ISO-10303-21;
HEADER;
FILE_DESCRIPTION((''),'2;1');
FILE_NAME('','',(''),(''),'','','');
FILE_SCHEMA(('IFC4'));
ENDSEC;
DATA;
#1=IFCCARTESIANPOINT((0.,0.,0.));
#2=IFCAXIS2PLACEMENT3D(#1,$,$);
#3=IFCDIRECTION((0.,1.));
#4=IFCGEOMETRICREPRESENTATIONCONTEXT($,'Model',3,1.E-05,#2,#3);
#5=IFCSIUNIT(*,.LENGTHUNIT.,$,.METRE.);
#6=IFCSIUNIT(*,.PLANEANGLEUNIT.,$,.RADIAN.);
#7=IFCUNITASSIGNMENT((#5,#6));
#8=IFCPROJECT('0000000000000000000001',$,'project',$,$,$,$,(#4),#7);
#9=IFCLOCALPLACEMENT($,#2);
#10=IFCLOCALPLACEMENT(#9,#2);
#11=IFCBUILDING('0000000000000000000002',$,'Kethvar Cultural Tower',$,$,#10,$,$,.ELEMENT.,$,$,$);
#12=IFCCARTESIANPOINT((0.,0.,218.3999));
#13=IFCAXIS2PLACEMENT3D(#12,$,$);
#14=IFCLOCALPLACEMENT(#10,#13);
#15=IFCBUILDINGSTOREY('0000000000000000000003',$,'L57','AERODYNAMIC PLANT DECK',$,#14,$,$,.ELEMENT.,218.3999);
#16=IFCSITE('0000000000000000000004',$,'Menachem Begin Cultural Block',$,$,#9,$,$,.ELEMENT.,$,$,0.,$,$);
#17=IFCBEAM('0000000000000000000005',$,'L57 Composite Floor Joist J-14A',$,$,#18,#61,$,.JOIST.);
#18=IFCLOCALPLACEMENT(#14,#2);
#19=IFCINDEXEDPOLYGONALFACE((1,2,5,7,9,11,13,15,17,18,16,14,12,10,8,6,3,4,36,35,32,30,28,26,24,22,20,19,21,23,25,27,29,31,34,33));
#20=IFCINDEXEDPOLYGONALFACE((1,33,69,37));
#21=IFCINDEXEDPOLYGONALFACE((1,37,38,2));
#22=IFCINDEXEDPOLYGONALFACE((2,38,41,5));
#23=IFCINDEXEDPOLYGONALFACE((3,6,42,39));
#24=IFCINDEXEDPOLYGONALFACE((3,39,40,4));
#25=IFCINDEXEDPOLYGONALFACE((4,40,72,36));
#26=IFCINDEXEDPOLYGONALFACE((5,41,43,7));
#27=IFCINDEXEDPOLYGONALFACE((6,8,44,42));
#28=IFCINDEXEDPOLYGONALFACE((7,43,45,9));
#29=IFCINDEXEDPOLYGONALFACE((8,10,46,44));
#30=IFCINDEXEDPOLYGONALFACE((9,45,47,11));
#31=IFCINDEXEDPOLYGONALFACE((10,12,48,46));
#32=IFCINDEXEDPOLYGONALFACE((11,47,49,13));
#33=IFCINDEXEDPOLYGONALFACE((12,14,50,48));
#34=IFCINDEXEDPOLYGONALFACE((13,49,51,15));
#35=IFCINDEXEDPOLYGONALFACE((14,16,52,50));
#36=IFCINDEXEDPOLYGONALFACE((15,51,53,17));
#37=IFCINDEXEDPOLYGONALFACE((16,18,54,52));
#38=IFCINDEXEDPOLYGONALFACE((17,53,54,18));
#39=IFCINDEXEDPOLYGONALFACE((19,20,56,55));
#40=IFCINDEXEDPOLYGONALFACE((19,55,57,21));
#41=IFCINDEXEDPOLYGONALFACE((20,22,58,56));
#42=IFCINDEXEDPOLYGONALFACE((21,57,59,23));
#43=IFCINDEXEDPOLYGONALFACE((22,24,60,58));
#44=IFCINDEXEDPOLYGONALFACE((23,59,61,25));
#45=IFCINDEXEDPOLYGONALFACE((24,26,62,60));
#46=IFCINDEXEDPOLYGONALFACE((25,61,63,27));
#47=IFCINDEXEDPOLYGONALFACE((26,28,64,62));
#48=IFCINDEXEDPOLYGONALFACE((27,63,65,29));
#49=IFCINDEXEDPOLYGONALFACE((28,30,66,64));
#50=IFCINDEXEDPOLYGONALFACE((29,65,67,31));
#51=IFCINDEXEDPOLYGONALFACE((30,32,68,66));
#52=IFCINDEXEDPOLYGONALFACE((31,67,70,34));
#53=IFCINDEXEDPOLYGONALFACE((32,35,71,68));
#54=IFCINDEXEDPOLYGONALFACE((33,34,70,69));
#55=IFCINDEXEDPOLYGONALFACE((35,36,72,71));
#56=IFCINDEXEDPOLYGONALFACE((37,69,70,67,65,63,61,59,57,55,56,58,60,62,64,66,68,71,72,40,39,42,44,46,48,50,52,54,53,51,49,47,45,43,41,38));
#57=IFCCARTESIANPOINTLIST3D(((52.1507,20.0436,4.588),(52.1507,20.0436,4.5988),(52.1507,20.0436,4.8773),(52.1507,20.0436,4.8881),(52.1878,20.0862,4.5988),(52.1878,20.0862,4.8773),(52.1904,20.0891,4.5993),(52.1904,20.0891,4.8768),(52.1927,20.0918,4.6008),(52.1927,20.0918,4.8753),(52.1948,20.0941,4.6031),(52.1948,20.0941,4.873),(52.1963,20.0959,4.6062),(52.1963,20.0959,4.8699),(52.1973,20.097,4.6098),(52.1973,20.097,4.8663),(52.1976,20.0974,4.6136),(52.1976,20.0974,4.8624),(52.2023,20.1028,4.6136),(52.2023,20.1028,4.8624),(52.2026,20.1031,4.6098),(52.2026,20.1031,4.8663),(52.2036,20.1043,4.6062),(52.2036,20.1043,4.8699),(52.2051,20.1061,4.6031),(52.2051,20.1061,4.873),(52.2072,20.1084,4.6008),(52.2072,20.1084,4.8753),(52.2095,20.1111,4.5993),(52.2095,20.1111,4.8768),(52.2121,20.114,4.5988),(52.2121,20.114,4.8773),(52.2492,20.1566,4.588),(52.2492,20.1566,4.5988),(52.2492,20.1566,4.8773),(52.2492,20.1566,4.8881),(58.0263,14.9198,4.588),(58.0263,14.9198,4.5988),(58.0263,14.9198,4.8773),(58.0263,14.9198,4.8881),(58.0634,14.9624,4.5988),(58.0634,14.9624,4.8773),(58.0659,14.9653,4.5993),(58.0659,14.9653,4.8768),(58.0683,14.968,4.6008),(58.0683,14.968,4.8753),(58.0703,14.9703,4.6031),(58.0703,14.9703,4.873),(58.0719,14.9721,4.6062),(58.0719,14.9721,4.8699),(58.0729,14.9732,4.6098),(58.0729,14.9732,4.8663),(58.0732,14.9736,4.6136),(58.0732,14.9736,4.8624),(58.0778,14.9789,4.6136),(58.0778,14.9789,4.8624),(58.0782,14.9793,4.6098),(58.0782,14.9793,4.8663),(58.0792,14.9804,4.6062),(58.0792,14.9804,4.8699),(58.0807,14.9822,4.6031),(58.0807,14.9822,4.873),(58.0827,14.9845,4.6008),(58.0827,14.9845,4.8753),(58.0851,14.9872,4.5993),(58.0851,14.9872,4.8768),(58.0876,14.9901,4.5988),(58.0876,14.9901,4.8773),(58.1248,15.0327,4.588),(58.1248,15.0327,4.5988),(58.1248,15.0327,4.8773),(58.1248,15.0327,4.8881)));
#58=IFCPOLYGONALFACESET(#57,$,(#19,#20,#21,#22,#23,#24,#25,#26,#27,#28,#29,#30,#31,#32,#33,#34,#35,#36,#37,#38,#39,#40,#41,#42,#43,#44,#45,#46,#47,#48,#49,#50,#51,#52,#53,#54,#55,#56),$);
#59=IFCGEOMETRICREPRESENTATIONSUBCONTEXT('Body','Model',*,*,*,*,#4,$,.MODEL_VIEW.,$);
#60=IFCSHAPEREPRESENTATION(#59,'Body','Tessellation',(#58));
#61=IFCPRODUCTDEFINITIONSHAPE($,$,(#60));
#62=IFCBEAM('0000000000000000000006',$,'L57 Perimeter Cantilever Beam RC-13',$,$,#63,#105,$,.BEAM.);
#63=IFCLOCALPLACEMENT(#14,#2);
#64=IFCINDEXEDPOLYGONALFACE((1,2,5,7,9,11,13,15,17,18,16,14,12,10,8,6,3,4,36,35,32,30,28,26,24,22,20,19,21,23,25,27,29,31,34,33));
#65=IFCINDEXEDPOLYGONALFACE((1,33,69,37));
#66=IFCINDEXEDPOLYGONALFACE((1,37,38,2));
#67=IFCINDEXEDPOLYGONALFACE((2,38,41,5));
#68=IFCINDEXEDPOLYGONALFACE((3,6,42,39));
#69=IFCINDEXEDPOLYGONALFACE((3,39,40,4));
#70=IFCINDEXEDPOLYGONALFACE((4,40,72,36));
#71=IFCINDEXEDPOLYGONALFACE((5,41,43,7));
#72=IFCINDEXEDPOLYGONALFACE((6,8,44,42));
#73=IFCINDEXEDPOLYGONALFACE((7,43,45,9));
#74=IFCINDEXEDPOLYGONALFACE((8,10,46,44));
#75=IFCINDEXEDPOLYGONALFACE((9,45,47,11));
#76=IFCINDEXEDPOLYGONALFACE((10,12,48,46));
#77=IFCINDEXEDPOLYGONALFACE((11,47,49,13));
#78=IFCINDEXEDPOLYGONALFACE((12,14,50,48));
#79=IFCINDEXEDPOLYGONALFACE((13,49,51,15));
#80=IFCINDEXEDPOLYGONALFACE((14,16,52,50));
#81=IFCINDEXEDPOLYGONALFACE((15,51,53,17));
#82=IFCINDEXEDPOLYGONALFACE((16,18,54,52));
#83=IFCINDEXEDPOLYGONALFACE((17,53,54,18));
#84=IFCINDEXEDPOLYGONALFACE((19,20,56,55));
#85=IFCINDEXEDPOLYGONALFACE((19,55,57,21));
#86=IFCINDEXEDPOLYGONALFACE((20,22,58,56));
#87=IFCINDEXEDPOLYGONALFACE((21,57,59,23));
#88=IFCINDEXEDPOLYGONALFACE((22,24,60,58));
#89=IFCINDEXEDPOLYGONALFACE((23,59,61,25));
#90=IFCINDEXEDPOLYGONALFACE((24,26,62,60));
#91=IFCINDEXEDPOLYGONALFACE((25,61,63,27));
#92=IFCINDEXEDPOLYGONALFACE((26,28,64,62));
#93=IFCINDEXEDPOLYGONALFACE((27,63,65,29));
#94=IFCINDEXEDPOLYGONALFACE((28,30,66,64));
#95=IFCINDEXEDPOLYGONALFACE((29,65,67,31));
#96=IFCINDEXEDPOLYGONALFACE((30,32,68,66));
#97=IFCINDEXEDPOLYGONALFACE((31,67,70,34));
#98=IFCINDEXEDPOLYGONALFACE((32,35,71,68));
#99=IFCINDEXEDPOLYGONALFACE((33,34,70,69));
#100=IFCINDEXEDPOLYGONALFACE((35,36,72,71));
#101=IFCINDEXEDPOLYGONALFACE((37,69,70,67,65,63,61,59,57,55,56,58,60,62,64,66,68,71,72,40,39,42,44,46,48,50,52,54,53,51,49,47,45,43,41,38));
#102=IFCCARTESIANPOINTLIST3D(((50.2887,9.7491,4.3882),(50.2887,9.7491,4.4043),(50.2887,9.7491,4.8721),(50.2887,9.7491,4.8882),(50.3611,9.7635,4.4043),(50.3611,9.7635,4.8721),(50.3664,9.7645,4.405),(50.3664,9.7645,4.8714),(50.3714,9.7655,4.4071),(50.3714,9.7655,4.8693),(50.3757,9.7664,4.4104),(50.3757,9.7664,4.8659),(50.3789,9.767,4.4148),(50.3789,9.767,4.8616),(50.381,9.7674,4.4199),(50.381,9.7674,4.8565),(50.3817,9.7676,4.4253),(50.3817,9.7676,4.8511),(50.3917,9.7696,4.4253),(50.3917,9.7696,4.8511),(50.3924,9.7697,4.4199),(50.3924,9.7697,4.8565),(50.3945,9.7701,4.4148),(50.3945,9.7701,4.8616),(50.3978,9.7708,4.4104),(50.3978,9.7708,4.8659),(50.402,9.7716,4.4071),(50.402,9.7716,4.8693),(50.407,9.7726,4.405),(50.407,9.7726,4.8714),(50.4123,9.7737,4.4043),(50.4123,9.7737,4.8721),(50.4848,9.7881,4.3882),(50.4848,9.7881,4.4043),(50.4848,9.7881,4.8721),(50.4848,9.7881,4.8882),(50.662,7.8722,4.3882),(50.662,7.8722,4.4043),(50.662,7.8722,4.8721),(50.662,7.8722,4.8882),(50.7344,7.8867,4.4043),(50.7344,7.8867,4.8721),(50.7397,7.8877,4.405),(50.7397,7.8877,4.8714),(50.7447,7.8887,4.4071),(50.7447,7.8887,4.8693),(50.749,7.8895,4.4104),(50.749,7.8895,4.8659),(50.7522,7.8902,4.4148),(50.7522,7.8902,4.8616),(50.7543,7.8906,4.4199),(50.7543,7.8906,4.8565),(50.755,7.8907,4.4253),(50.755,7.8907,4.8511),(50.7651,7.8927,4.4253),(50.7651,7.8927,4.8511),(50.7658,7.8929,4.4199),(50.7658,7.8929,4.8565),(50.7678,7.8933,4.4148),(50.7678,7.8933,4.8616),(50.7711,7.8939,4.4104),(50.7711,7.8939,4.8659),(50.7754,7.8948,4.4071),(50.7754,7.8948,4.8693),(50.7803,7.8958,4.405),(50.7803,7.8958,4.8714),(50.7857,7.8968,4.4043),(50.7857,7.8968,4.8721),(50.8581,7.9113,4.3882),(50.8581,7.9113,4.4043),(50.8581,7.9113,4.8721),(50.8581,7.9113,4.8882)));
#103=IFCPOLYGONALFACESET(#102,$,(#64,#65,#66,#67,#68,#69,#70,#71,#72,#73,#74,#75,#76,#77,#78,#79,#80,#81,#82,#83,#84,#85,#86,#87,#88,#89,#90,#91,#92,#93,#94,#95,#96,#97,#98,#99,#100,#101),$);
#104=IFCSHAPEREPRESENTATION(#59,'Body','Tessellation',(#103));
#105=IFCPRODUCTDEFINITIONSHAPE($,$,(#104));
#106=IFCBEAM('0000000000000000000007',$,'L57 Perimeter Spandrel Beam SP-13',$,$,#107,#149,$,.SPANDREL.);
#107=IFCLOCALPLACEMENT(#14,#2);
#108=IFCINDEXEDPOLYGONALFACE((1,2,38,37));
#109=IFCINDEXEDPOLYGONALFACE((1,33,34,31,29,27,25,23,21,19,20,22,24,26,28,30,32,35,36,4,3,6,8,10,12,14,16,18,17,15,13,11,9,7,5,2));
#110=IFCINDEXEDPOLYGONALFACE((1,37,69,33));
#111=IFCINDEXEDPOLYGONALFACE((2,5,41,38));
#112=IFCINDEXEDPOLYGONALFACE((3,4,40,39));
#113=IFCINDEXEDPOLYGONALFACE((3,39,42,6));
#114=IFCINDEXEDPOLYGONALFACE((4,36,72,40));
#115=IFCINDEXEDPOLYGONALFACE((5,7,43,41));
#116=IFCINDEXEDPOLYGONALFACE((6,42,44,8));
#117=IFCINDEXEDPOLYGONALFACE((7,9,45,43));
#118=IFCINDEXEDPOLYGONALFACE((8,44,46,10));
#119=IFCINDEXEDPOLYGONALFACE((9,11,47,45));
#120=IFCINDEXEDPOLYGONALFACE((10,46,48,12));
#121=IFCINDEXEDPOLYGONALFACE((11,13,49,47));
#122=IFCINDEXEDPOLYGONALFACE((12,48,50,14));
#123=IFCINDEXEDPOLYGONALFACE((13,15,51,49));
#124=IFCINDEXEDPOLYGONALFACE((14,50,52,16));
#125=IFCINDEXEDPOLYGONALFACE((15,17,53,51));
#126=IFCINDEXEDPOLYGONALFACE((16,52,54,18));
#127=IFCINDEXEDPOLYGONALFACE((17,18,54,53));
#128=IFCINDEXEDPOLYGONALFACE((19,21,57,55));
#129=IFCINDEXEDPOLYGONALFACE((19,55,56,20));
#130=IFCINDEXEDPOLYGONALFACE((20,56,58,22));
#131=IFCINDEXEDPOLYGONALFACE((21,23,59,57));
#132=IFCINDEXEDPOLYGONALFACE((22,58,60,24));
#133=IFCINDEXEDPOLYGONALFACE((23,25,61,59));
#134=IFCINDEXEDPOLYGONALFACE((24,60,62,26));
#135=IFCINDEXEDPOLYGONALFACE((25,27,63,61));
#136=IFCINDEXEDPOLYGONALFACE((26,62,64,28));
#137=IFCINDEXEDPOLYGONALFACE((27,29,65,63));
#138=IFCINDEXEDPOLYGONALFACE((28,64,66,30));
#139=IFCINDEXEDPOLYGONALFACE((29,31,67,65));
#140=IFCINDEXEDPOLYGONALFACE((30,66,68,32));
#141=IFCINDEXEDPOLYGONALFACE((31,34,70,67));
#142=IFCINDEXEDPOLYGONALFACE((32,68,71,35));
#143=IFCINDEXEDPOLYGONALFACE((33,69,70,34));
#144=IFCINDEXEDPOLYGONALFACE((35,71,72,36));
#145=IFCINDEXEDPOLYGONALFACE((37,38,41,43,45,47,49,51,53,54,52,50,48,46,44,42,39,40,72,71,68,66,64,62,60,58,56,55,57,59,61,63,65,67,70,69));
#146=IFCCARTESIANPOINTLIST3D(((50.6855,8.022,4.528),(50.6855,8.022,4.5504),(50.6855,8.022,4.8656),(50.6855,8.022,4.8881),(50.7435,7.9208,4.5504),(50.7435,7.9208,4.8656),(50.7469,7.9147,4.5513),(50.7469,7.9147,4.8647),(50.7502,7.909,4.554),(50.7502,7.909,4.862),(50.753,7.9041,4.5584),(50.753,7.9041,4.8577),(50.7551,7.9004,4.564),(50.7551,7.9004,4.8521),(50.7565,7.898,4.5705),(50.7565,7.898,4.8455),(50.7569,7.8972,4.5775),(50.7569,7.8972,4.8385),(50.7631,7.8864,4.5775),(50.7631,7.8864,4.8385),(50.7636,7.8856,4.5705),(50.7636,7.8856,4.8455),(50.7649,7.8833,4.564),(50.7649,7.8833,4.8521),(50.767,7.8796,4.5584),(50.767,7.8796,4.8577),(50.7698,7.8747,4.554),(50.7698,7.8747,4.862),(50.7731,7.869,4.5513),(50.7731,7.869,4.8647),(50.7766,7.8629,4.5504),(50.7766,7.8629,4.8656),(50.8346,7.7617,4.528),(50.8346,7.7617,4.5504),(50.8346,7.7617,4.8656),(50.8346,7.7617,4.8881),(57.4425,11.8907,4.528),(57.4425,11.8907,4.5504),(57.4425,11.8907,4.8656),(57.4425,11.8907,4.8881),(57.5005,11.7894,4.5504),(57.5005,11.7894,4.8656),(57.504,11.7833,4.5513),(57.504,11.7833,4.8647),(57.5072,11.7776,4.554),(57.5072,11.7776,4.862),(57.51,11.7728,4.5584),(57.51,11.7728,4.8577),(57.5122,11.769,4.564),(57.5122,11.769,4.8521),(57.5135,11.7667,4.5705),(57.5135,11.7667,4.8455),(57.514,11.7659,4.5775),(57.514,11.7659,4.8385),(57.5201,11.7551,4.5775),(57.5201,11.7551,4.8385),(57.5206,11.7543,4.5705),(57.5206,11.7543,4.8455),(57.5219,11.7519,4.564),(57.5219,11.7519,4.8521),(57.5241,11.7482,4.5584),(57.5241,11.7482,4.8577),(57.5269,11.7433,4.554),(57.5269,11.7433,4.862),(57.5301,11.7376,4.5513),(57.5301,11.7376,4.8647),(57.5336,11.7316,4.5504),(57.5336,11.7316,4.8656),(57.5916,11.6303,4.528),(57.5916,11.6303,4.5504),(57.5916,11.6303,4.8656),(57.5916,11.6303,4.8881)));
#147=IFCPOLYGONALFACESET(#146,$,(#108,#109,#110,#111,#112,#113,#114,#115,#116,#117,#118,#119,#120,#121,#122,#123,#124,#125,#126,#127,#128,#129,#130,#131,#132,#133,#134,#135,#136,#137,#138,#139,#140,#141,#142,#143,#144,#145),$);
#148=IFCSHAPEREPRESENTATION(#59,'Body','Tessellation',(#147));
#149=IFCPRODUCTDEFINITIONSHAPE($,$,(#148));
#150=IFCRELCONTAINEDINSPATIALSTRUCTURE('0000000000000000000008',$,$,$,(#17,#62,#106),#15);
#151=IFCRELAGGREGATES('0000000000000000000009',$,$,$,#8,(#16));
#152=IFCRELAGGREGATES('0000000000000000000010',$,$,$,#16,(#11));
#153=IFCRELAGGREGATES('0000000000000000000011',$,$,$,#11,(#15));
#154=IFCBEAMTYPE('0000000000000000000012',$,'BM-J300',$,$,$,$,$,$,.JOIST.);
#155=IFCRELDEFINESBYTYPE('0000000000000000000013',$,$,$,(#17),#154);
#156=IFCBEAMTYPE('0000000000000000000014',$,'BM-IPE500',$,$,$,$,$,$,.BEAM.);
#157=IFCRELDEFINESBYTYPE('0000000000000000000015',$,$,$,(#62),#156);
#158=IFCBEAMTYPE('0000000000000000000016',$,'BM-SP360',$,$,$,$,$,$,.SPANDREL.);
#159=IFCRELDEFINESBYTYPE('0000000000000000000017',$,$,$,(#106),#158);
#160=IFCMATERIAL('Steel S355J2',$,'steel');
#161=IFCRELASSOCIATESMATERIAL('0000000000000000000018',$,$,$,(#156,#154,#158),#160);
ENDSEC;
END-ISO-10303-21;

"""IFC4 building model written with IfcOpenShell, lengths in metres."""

from ifc_helpers import new_model, si_unit, direction, frame, origin, origin_2d, place, context, subcontext, project, spatial, i_section, extrude, source, transform, mapped, material, material_profile, profile_set, type_object, element, save


model = new_model("IFC4")

# Units and contexts
model_context = context("Model", 3, precision=1e-05, world=origin(), true_north=direction((0.0, 1.0)))
body_context = subcontext(model_context, "Body", "Model", "MODEL_VIEW")
ifc_project = project(units=[si_unit("LENGTHUNIT", "METRE"), si_unit("PLANEANGLEUNIT", "RADIAN")], contexts=[model_context])

# Site, building, storey
site_placement = place(None, origin())
site = spatial("IfcSite", under=ifc_project, at=site_placement, Name="Menachem Begin Cultural Block", CompositionType="ELEMENT", RefElevation=0.0)
building_placement = place(site_placement, origin())
building = spatial("IfcBuilding", under=site, at=building_placement, Name="Kethvar Cultural Tower", CompositionType="ELEMENT")
storey_placement = place(building_placement, frame((0.0, 0.0, 218.3999)))
storey = spatial("IfcBuildingStorey", under=building, at=storey_placement, Name="L57", Description="AERODYNAMIC PLANT DECK", CompositionType="ELEMENT", Elevation=218.3999)

# Beams
ifc_material_1 = material(Name="Steel S355J2", Category="steel")
ifc_material_profile_1 = material_profile(ifc_material_1, i_section(OverallWidth=0.2, OverallDepth=0.5, WebThickness=0.0103, FlangeThickness=0.0161, FilletRadius=0.021, at=origin_2d()), Name="Steel S355J2 — IPE500")
ifc_profile_set_1 = profile_set([ifc_material_profile_1], Name="Steel S355J2 — IPE500")
beam_type_1 = type_object("IfcBeamType", Name="BM-IPE500", PredefinedType="BEAM", material=ifc_profile_set_1)
ifc_material_profile_2 = material_profile(ifc_material_1, i_section(OverallWidth=0.1499, OverallDepth=0.3, WebThickness=0.0071, FlangeThickness=0.0107, FilletRadius=0.0149, at=origin_2d()), Name="Steel S355J2 — IPE300")
ifc_profile_set_2 = profile_set([ifc_material_profile_2], Name="Steel S355J2 — IPE300")
beam_type_2 = type_object("IfcBeamType", Name="BM-J300", PredefinedType="JOIST", material=ifc_profile_set_2)
shared_shape_1 = source(origin(), body_context, "Body", "SweptSolid", [
    extrude(i_section(OverallWidth=0.1499, OverallDepth=0.3, WebThickness=0.0071, FlangeThickness=0.0107, FilletRadius=0.0149, at=origin_2d()), origin(), (0.0, 0.0, 1.0), 7.7959),
])
beam_1_placement = place(storey_placement, frame((52.2, 20.1001, 4.738), z_axis=(0.753674, -0.657249, 0.0), x_axis=(0.657249, 0.753674, 0.0)))
element("IfcBeam", 1, at=beam_1_placement, inside=storey, type_object=beam_type_2, Name="L57 Composite Floor Joist J-14A", PredefinedType="JOIST", context=body_context, shape_type="MappedRepresentation", body=[
    mapped(shared_shape_1, transform((0.0, 0.0, 0.0), scale=1.0)),
])
shared_shape_2 = source(origin(), body_context, "Body", "SweptSolid", [
    extrude(i_section(OverallWidth=0.2, OverallDepth=0.5, WebThickness=0.0103, FlangeThickness=0.0161, FilletRadius=0.021, at=origin_2d()), origin(), (0.0, 0.0, 1.0), 1.9136),
])
beam_2_placement = place(storey_placement, frame((50.3867, 9.7686, 4.6382), z_axis=(0.195085, -0.980786, 0.0), x_axis=(0.980786, 0.195085, 0.0)))
element("IfcBeam", 2, at=beam_2_placement, inside=storey, type_object=beam_type_1, Name="L57 Perimeter Cantilever Beam RC-13", PredefinedType="BEAM", context=body_context, shape_type="MappedRepresentation", body=[
    mapped(shared_shape_2, transform((0.0, 0.0, 0.0), scale=1.0)),
])
ifc_material_profile_3 = material_profile(ifc_material_1, i_section(OverallWidth=0.3, OverallDepth=0.3601, WebThickness=0.0125, FlangeThickness=0.0225, FilletRadius=0.0271, at=origin_2d()), Name="Steel S355J2 — HEB360")
ifc_profile_set_3 = profile_set([ifc_material_profile_3], Name="Steel S355J2 — HEB360")
beam_type_3 = type_object("IfcBeamType", Name="BM-SP360", PredefinedType="SPANDREL", material=ifc_profile_set_3)
shared_shape_3 = source(origin(), body_context, "Body", "SweptSolid", [
    extrude(i_section(OverallWidth=0.3, OverallDepth=0.3601, WebThickness=0.0125, FlangeThickness=0.0225, FilletRadius=0.0271, at=origin_2d()), origin(), (0.0, 0.0, 1.0), 7.7861),
])
beam_3_placement = place(storey_placement, frame((50.76, 7.8918, 4.708), z_axis=(0.86783, 0.496861, 0.0), x_axis=(-0.496861, 0.86783, 0.0)))
element("IfcBeam", 3, at=beam_3_placement, inside=storey, type_object=beam_type_3, Name="L57 Perimeter Spandrel Beam SP-13", PredefinedType="SPANDREL", context=body_context, shape_type="MappedRepresentation", body=[
    mapped(shared_shape_3, transform((0.0, 0.0, 0.0), scale=1.0)),
])

save(model, "model.ifc")
